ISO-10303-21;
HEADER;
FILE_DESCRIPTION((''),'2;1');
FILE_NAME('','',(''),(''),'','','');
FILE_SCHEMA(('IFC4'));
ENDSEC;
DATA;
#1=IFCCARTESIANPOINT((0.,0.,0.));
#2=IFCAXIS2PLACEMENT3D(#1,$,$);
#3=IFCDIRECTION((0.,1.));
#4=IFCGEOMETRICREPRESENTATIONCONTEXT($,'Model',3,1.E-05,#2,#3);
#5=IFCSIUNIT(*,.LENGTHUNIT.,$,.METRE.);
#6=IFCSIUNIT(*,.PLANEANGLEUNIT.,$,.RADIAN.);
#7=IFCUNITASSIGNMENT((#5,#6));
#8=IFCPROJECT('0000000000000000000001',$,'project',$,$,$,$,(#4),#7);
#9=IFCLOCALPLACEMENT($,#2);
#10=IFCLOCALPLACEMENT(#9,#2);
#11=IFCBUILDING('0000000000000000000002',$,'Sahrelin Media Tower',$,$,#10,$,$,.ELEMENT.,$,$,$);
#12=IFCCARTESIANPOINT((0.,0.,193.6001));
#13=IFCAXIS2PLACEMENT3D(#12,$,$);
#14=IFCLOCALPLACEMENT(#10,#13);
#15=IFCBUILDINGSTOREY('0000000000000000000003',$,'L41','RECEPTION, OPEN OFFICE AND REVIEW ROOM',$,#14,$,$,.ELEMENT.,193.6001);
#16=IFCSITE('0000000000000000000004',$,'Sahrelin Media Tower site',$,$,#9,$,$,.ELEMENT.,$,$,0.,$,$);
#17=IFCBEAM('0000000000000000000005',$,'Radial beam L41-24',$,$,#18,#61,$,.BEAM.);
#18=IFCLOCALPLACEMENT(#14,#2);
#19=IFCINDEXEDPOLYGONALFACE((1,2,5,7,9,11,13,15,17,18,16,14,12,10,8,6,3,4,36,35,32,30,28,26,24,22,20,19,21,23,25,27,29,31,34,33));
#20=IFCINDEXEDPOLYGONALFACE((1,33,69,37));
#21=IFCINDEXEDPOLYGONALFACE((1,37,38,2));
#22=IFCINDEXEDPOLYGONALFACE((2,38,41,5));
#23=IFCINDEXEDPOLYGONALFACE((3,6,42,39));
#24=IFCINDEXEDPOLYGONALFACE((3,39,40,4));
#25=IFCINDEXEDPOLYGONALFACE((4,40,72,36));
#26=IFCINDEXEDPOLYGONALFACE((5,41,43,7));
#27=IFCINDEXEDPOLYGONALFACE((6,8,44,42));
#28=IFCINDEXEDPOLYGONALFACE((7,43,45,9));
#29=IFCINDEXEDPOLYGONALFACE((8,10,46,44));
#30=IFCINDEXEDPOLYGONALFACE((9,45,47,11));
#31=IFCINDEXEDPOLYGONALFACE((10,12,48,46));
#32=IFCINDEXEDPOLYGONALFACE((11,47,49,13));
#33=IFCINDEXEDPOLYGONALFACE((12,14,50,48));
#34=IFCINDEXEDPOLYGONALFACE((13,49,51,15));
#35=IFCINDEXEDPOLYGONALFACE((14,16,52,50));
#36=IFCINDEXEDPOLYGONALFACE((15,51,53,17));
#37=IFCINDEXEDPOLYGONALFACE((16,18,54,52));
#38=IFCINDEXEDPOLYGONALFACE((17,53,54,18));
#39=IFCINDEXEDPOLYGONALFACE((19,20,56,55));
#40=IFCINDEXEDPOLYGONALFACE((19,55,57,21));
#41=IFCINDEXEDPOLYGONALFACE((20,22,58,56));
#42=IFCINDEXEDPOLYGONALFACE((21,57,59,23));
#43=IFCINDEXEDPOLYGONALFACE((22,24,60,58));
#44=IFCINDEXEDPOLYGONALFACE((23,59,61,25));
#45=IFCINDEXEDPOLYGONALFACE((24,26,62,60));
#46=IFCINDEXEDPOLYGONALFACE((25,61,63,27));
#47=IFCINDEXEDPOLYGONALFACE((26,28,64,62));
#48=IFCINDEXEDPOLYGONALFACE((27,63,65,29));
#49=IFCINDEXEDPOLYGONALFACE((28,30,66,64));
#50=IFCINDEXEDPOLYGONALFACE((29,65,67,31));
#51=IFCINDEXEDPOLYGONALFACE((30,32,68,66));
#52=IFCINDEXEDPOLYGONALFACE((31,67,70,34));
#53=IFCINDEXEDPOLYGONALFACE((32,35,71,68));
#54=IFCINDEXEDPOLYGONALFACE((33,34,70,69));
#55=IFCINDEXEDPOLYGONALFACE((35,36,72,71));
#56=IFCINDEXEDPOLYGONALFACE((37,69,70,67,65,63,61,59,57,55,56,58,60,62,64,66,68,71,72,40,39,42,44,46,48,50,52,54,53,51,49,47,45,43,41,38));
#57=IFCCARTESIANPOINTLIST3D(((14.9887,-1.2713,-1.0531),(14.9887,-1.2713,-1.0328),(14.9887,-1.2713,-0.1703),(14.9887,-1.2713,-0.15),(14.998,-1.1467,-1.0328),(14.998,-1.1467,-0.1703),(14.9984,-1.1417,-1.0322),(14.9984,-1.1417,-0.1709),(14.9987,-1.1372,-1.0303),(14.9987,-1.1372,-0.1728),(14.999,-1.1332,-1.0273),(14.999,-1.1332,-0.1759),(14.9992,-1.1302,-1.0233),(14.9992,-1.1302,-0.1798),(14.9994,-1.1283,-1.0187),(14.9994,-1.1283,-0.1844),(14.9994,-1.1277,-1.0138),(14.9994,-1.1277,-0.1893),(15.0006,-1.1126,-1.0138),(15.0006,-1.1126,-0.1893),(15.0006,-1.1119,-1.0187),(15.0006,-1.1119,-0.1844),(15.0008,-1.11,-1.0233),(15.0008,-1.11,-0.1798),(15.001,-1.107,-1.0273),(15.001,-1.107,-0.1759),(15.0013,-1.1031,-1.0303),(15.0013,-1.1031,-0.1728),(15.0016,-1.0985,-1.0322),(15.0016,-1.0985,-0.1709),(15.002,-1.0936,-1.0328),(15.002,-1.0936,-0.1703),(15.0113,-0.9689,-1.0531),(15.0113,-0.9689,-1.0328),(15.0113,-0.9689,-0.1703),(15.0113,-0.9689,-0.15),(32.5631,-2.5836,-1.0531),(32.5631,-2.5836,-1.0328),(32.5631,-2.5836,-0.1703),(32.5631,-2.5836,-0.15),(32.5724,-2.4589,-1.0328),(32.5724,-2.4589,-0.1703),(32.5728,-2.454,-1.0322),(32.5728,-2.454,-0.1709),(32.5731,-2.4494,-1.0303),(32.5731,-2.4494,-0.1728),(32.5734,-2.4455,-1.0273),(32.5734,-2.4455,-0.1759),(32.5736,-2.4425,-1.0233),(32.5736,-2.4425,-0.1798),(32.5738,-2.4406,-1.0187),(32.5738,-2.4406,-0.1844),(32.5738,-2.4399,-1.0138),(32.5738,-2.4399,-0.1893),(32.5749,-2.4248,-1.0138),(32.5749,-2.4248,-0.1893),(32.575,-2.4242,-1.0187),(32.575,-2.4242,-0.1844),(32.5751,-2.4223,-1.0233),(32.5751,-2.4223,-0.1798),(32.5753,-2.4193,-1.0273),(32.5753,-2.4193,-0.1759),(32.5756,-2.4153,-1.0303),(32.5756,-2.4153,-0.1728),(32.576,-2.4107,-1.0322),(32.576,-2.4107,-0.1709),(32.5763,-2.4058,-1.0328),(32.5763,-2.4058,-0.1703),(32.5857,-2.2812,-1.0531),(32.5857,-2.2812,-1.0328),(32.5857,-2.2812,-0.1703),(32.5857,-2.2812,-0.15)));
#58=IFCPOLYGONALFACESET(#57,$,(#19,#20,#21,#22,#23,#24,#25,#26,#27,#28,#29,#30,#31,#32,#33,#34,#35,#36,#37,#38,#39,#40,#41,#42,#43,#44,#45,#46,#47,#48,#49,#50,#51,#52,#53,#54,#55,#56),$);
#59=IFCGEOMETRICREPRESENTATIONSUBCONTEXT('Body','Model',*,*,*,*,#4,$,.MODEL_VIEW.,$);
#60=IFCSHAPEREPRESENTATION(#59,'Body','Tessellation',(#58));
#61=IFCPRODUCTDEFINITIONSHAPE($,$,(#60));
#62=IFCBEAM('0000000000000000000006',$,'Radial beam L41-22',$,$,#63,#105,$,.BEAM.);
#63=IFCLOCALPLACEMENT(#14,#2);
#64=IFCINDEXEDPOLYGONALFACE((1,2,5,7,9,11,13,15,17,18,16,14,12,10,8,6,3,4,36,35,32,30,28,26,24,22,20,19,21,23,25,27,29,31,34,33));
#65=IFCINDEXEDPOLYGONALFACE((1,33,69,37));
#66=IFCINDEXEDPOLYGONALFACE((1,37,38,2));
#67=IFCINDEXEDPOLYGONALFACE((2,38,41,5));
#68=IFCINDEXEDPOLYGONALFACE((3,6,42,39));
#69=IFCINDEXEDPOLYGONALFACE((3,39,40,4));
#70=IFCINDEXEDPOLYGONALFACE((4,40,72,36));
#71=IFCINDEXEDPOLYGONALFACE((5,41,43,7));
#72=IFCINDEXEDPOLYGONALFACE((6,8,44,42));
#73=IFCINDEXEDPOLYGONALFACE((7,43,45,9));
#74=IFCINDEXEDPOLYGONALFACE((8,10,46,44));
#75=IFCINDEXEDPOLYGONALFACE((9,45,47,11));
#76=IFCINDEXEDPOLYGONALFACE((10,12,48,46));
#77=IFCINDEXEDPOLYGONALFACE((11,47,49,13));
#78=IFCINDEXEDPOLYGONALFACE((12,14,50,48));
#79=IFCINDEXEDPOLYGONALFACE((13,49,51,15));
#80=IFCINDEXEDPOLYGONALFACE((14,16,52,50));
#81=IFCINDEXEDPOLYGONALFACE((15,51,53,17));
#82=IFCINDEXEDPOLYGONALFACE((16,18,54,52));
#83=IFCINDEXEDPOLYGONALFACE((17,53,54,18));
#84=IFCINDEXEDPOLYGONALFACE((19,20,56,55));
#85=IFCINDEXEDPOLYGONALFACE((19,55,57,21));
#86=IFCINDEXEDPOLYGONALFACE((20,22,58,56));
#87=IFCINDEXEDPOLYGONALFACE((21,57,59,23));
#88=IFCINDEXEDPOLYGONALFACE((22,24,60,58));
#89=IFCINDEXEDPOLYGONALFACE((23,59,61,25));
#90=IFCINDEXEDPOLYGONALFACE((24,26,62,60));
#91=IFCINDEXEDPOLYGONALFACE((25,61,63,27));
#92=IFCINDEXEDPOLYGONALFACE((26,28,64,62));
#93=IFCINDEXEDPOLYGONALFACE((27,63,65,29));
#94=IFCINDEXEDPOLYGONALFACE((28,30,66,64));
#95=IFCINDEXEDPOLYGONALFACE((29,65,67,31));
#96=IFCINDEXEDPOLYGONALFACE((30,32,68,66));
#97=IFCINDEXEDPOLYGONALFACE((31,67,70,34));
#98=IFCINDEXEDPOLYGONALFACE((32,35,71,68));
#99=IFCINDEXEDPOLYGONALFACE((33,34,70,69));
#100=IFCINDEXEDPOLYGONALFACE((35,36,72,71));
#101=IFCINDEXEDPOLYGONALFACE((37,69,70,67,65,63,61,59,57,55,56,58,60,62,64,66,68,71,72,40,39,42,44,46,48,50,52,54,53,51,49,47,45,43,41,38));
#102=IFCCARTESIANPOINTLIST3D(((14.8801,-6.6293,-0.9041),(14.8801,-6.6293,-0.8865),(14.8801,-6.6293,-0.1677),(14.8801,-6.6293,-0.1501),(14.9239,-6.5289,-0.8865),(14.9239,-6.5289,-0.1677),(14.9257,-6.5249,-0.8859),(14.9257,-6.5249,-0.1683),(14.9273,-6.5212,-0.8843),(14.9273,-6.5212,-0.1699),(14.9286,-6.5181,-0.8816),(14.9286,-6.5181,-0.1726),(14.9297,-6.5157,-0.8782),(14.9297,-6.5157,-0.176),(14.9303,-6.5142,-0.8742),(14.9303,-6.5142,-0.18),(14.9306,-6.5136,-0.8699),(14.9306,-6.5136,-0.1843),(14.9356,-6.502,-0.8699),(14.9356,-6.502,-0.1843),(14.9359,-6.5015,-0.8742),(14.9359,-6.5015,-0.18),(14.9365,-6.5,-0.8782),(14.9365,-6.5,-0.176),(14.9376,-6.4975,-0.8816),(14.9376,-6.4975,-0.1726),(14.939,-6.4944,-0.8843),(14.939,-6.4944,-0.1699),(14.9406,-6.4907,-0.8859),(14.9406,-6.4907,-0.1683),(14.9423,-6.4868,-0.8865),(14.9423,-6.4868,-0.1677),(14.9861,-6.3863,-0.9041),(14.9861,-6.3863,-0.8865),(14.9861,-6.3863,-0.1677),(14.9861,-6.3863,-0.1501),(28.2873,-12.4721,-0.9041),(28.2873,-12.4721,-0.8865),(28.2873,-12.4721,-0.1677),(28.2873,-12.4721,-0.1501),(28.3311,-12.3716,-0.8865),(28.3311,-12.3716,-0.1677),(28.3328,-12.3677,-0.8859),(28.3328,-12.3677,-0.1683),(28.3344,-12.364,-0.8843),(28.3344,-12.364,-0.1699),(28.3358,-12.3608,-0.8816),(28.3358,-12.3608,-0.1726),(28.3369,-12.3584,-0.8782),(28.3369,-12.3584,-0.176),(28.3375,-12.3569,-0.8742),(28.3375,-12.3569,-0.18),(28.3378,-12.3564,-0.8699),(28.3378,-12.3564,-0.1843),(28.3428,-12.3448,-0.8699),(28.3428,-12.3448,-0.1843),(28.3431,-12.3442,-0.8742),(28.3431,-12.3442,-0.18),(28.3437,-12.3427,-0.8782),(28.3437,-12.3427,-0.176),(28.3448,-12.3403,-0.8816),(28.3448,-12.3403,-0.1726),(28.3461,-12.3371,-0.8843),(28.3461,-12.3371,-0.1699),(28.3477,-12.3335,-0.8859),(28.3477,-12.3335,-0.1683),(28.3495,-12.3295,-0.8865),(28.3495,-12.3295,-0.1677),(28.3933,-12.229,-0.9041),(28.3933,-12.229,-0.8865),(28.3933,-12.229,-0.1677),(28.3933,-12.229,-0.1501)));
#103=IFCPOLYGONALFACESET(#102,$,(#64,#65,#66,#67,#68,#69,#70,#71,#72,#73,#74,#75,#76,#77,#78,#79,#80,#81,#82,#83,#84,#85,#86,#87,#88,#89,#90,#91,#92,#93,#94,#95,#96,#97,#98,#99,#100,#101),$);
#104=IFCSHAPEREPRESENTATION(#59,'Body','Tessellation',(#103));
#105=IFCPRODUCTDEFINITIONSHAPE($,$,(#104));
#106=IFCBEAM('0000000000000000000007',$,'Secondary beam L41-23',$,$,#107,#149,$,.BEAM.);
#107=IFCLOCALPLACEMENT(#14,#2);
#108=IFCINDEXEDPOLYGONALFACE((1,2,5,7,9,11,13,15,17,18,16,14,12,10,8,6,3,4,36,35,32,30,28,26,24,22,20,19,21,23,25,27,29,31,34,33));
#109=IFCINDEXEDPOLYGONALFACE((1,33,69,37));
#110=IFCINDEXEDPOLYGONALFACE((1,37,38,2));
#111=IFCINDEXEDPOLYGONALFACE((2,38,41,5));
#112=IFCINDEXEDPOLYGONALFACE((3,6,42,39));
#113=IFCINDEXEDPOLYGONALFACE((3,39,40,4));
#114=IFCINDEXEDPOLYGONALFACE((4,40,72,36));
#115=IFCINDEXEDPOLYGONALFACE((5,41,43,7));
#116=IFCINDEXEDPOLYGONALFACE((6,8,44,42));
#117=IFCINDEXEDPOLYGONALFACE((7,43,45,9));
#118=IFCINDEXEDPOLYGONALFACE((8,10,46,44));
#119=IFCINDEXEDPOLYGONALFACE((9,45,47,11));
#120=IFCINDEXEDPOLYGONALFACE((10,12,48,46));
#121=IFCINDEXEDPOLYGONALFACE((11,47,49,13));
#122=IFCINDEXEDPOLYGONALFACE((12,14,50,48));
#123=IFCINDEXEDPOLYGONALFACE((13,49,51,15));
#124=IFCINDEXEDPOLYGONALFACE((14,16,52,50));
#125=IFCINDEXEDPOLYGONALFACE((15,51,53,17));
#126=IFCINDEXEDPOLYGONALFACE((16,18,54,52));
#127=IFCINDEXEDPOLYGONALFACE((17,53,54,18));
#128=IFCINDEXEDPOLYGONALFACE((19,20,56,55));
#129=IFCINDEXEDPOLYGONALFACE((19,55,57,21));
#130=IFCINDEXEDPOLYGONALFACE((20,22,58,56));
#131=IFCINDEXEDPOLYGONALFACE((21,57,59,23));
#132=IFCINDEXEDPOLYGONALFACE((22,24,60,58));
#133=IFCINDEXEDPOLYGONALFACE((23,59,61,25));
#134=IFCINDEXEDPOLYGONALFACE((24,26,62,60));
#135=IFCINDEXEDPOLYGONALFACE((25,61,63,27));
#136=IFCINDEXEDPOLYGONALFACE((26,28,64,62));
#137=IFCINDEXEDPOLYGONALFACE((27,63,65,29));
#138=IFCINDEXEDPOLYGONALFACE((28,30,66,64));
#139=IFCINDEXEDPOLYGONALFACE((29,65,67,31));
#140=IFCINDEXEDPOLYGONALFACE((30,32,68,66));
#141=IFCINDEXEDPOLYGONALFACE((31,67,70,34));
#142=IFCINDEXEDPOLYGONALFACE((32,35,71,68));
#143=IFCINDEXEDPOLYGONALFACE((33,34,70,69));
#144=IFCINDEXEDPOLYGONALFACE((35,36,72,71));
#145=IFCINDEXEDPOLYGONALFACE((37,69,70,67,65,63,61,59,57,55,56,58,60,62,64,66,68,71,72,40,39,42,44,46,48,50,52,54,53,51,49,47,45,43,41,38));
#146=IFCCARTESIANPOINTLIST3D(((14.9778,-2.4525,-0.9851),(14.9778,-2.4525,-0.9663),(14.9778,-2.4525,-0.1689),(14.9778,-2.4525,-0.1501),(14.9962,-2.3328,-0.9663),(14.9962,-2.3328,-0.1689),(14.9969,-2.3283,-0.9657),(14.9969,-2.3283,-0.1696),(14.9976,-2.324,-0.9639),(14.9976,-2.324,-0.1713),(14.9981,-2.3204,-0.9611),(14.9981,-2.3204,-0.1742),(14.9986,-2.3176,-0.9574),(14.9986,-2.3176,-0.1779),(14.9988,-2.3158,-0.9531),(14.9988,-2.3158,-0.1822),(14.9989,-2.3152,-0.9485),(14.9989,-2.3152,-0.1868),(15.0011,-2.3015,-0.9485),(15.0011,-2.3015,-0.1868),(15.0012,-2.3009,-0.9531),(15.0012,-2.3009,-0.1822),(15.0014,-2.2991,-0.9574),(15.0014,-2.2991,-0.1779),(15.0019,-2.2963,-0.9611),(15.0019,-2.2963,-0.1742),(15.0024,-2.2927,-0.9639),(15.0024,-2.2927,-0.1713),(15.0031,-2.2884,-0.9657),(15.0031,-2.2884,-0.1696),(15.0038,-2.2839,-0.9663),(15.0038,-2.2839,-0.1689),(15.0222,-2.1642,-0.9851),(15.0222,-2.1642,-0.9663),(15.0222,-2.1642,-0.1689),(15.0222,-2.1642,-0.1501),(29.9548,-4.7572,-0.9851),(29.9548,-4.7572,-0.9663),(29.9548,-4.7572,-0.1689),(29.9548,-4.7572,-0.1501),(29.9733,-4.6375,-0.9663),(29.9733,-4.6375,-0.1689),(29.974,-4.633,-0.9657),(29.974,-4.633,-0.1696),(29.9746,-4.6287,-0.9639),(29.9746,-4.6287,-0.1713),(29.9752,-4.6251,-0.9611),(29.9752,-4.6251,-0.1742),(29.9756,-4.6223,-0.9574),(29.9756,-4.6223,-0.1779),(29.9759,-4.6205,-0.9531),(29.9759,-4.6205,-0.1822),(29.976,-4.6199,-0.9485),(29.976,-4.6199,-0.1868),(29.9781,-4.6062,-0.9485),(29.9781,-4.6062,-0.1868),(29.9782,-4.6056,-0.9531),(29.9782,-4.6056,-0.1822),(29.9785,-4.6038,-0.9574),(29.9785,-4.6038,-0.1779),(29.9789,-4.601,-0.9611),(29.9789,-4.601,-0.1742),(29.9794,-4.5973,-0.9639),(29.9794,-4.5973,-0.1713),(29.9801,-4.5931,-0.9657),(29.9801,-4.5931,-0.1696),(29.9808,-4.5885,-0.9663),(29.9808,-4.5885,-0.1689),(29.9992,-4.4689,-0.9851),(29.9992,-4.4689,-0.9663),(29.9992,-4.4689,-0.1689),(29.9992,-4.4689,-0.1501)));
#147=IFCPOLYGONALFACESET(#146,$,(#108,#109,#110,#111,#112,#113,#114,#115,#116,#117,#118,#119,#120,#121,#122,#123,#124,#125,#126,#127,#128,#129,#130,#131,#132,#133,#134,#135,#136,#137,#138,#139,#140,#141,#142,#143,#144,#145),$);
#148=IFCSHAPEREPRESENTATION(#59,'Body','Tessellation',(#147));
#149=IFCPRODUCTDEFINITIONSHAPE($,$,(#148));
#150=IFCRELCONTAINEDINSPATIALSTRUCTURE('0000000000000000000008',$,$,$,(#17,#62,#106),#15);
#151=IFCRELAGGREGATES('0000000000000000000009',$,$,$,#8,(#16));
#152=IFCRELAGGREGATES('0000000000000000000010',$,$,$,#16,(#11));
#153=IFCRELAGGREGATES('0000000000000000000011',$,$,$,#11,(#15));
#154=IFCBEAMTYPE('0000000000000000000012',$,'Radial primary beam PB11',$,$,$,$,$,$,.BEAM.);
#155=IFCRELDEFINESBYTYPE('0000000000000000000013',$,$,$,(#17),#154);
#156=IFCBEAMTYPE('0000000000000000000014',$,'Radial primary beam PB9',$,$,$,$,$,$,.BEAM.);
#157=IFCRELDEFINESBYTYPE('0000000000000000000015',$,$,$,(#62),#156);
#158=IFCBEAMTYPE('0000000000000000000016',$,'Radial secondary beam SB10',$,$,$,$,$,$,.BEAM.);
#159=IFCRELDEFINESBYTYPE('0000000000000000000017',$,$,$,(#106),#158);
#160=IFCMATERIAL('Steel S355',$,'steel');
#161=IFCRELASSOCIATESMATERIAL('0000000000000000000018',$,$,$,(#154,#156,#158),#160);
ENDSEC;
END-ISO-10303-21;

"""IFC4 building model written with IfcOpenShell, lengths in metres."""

from ifc_helpers import new_model, si_unit, direction, frame, origin, origin_2d, place, context, subcontext, project, spatial, i_section, extrude, material, material_profile, profile_set, type_object, element, save


model = new_model("IFC4")

# Units and contexts
model_context = context("Model", 3, precision=1e-05, world=origin(), true_north=direction((0.0, 1.0)))
body_context = subcontext(model_context, "Body", "Model", "MODEL_VIEW")
ifc_project = project(units=[si_unit("LENGTHUNIT", "METRE"), si_unit("PLANEANGLEUNIT", "RADIAN")], contexts=[model_context])

# Site, building, storey
site_placement = place(None, origin())
site = spatial("IfcSite", under=ifc_project, at=site_placement, Name="Sahrelin Media Tower site", CompositionType="ELEMENT", RefElevation=0.0)
building_placement = place(site_placement, origin())
building = spatial("IfcBuilding", under=site, at=building_placement, Name="Sahrelin Media Tower", CompositionType="ELEMENT")
storey_placement = place(building_placement, frame((0.0, 0.0, 193.6001)))
storey = spatial("IfcBuildingStorey", under=building, at=storey_placement, Name="L41", Description="RECEPTION, OPEN OFFICE AND REVIEW ROOM", CompositionType="ELEMENT", Elevation=193.6001)

# Shared definitions
ifc_material_1 = material(Name="Steel S355", Category="steel")

# Beams
ifc_material_profile_1 = material_profile(ifc_material_1, i_section(OverallWidth=0.3032, OverallDepth=0.9031, WebThickness=0.0151, FlangeThickness=0.0203, FilletRadius=0.019, at=origin_2d()), Name="UB 914x305x201")
ifc_profile_set_1 = profile_set([ifc_material_profile_1], Name="Steel S355")
beam_type_1 = type_object("IfcBeamType", Name="Radial primary beam PB11", PredefinedType="BEAM", material=ifc_profile_set_1)
beam_1_placement = place(storey_placement, frame((15.0, -1.1201, -0.6016), z_axis=(0.997224, -0.074461, 0.0), x_axis=(0.074461, 0.997224, 0.0)))
element("IfcBeam", 1, at=beam_1_placement, inside=storey, type_object=beam_type_1, Name="Radial beam L41-24", PredefinedType="BEAM", context=body_context, shape_type="SweptSolid", body=[
    extrude(i_section(OverallWidth=0.3032, OverallDepth=0.9031, WebThickness=0.0151, FlangeThickness=0.0203, FilletRadius=0.019, at=origin_2d()), origin(), (0.0, 0.0, 1.0), 17.6233),
])
ifc_material_profile_2 = material_profile(ifc_material_1, i_section(OverallWidth=0.2651, OverallDepth=0.7539, WebThickness=0.0127, FlangeThickness=0.0176, FilletRadius=0.0166, at=origin_2d()), Name="UB 762x267x147")
ifc_profile_set_2 = profile_set([ifc_material_profile_2], Name="Steel S355")
beam_type_2 = type_object("IfcBeamType", Name="Radial primary beam PB9", PredefinedType="BEAM", material=ifc_profile_set_2)
beam_2_placement = place(storey_placement, frame((14.9331, -6.5078, -0.5271), z_axis=(0.916731, -0.399505, 0.0), x_axis=(0.399505, 0.916731, 0.0)))
element("IfcBeam", 2, at=beam_2_placement, inside=storey, type_object=beam_type_2, Name="Radial beam L41-22", PredefinedType="BEAM", context=body_context, shape_type="SweptSolid", body=[
    extrude(i_section(OverallWidth=0.2651, OverallDepth=0.7539, WebThickness=0.0127, FlangeThickness=0.0176, FilletRadius=0.0166, at=origin_2d()), origin(), (0.0, 0.0, 1.0), 14.625),
])
ifc_material_profile_3 = material_profile(ifc_material_1, i_section(OverallWidth=0.2917, OverallDepth=0.835, WebThickness=0.0139, FlangeThickness=0.0188, FilletRadius=0.0178, at=origin_2d()), Name="UB 838x292x176")
ifc_profile_set_3 = profile_set([ifc_material_profile_3], Name="Steel S355")
beam_type_3 = type_object("IfcBeamType", Name="Radial secondary beam SB10", PredefinedType="BEAM", material=ifc_profile_set_3)
beam_3_placement = place(storey_placement, frame((15.0, -2.3083, -0.5676), z_axis=(0.988366, -0.152091, 0.0), x_axis=(0.152091, 0.988366, 0.0)))
element("IfcBeam", 3, at=beam_3_placement, inside=storey, type_object=beam_type_3, Name="Secondary beam L41-23", PredefinedType="BEAM", context=body_context, shape_type="SweptSolid", body=[
    extrude(i_section(OverallWidth=0.2917, OverallDepth=0.835, WebThickness=0.0139, FlangeThickness=0.0188, FilletRadius=0.0178, at=origin_2d()), origin(), (0.0, 0.0, 1.0), 15.1533),
])

save(model, "model.ifc")
